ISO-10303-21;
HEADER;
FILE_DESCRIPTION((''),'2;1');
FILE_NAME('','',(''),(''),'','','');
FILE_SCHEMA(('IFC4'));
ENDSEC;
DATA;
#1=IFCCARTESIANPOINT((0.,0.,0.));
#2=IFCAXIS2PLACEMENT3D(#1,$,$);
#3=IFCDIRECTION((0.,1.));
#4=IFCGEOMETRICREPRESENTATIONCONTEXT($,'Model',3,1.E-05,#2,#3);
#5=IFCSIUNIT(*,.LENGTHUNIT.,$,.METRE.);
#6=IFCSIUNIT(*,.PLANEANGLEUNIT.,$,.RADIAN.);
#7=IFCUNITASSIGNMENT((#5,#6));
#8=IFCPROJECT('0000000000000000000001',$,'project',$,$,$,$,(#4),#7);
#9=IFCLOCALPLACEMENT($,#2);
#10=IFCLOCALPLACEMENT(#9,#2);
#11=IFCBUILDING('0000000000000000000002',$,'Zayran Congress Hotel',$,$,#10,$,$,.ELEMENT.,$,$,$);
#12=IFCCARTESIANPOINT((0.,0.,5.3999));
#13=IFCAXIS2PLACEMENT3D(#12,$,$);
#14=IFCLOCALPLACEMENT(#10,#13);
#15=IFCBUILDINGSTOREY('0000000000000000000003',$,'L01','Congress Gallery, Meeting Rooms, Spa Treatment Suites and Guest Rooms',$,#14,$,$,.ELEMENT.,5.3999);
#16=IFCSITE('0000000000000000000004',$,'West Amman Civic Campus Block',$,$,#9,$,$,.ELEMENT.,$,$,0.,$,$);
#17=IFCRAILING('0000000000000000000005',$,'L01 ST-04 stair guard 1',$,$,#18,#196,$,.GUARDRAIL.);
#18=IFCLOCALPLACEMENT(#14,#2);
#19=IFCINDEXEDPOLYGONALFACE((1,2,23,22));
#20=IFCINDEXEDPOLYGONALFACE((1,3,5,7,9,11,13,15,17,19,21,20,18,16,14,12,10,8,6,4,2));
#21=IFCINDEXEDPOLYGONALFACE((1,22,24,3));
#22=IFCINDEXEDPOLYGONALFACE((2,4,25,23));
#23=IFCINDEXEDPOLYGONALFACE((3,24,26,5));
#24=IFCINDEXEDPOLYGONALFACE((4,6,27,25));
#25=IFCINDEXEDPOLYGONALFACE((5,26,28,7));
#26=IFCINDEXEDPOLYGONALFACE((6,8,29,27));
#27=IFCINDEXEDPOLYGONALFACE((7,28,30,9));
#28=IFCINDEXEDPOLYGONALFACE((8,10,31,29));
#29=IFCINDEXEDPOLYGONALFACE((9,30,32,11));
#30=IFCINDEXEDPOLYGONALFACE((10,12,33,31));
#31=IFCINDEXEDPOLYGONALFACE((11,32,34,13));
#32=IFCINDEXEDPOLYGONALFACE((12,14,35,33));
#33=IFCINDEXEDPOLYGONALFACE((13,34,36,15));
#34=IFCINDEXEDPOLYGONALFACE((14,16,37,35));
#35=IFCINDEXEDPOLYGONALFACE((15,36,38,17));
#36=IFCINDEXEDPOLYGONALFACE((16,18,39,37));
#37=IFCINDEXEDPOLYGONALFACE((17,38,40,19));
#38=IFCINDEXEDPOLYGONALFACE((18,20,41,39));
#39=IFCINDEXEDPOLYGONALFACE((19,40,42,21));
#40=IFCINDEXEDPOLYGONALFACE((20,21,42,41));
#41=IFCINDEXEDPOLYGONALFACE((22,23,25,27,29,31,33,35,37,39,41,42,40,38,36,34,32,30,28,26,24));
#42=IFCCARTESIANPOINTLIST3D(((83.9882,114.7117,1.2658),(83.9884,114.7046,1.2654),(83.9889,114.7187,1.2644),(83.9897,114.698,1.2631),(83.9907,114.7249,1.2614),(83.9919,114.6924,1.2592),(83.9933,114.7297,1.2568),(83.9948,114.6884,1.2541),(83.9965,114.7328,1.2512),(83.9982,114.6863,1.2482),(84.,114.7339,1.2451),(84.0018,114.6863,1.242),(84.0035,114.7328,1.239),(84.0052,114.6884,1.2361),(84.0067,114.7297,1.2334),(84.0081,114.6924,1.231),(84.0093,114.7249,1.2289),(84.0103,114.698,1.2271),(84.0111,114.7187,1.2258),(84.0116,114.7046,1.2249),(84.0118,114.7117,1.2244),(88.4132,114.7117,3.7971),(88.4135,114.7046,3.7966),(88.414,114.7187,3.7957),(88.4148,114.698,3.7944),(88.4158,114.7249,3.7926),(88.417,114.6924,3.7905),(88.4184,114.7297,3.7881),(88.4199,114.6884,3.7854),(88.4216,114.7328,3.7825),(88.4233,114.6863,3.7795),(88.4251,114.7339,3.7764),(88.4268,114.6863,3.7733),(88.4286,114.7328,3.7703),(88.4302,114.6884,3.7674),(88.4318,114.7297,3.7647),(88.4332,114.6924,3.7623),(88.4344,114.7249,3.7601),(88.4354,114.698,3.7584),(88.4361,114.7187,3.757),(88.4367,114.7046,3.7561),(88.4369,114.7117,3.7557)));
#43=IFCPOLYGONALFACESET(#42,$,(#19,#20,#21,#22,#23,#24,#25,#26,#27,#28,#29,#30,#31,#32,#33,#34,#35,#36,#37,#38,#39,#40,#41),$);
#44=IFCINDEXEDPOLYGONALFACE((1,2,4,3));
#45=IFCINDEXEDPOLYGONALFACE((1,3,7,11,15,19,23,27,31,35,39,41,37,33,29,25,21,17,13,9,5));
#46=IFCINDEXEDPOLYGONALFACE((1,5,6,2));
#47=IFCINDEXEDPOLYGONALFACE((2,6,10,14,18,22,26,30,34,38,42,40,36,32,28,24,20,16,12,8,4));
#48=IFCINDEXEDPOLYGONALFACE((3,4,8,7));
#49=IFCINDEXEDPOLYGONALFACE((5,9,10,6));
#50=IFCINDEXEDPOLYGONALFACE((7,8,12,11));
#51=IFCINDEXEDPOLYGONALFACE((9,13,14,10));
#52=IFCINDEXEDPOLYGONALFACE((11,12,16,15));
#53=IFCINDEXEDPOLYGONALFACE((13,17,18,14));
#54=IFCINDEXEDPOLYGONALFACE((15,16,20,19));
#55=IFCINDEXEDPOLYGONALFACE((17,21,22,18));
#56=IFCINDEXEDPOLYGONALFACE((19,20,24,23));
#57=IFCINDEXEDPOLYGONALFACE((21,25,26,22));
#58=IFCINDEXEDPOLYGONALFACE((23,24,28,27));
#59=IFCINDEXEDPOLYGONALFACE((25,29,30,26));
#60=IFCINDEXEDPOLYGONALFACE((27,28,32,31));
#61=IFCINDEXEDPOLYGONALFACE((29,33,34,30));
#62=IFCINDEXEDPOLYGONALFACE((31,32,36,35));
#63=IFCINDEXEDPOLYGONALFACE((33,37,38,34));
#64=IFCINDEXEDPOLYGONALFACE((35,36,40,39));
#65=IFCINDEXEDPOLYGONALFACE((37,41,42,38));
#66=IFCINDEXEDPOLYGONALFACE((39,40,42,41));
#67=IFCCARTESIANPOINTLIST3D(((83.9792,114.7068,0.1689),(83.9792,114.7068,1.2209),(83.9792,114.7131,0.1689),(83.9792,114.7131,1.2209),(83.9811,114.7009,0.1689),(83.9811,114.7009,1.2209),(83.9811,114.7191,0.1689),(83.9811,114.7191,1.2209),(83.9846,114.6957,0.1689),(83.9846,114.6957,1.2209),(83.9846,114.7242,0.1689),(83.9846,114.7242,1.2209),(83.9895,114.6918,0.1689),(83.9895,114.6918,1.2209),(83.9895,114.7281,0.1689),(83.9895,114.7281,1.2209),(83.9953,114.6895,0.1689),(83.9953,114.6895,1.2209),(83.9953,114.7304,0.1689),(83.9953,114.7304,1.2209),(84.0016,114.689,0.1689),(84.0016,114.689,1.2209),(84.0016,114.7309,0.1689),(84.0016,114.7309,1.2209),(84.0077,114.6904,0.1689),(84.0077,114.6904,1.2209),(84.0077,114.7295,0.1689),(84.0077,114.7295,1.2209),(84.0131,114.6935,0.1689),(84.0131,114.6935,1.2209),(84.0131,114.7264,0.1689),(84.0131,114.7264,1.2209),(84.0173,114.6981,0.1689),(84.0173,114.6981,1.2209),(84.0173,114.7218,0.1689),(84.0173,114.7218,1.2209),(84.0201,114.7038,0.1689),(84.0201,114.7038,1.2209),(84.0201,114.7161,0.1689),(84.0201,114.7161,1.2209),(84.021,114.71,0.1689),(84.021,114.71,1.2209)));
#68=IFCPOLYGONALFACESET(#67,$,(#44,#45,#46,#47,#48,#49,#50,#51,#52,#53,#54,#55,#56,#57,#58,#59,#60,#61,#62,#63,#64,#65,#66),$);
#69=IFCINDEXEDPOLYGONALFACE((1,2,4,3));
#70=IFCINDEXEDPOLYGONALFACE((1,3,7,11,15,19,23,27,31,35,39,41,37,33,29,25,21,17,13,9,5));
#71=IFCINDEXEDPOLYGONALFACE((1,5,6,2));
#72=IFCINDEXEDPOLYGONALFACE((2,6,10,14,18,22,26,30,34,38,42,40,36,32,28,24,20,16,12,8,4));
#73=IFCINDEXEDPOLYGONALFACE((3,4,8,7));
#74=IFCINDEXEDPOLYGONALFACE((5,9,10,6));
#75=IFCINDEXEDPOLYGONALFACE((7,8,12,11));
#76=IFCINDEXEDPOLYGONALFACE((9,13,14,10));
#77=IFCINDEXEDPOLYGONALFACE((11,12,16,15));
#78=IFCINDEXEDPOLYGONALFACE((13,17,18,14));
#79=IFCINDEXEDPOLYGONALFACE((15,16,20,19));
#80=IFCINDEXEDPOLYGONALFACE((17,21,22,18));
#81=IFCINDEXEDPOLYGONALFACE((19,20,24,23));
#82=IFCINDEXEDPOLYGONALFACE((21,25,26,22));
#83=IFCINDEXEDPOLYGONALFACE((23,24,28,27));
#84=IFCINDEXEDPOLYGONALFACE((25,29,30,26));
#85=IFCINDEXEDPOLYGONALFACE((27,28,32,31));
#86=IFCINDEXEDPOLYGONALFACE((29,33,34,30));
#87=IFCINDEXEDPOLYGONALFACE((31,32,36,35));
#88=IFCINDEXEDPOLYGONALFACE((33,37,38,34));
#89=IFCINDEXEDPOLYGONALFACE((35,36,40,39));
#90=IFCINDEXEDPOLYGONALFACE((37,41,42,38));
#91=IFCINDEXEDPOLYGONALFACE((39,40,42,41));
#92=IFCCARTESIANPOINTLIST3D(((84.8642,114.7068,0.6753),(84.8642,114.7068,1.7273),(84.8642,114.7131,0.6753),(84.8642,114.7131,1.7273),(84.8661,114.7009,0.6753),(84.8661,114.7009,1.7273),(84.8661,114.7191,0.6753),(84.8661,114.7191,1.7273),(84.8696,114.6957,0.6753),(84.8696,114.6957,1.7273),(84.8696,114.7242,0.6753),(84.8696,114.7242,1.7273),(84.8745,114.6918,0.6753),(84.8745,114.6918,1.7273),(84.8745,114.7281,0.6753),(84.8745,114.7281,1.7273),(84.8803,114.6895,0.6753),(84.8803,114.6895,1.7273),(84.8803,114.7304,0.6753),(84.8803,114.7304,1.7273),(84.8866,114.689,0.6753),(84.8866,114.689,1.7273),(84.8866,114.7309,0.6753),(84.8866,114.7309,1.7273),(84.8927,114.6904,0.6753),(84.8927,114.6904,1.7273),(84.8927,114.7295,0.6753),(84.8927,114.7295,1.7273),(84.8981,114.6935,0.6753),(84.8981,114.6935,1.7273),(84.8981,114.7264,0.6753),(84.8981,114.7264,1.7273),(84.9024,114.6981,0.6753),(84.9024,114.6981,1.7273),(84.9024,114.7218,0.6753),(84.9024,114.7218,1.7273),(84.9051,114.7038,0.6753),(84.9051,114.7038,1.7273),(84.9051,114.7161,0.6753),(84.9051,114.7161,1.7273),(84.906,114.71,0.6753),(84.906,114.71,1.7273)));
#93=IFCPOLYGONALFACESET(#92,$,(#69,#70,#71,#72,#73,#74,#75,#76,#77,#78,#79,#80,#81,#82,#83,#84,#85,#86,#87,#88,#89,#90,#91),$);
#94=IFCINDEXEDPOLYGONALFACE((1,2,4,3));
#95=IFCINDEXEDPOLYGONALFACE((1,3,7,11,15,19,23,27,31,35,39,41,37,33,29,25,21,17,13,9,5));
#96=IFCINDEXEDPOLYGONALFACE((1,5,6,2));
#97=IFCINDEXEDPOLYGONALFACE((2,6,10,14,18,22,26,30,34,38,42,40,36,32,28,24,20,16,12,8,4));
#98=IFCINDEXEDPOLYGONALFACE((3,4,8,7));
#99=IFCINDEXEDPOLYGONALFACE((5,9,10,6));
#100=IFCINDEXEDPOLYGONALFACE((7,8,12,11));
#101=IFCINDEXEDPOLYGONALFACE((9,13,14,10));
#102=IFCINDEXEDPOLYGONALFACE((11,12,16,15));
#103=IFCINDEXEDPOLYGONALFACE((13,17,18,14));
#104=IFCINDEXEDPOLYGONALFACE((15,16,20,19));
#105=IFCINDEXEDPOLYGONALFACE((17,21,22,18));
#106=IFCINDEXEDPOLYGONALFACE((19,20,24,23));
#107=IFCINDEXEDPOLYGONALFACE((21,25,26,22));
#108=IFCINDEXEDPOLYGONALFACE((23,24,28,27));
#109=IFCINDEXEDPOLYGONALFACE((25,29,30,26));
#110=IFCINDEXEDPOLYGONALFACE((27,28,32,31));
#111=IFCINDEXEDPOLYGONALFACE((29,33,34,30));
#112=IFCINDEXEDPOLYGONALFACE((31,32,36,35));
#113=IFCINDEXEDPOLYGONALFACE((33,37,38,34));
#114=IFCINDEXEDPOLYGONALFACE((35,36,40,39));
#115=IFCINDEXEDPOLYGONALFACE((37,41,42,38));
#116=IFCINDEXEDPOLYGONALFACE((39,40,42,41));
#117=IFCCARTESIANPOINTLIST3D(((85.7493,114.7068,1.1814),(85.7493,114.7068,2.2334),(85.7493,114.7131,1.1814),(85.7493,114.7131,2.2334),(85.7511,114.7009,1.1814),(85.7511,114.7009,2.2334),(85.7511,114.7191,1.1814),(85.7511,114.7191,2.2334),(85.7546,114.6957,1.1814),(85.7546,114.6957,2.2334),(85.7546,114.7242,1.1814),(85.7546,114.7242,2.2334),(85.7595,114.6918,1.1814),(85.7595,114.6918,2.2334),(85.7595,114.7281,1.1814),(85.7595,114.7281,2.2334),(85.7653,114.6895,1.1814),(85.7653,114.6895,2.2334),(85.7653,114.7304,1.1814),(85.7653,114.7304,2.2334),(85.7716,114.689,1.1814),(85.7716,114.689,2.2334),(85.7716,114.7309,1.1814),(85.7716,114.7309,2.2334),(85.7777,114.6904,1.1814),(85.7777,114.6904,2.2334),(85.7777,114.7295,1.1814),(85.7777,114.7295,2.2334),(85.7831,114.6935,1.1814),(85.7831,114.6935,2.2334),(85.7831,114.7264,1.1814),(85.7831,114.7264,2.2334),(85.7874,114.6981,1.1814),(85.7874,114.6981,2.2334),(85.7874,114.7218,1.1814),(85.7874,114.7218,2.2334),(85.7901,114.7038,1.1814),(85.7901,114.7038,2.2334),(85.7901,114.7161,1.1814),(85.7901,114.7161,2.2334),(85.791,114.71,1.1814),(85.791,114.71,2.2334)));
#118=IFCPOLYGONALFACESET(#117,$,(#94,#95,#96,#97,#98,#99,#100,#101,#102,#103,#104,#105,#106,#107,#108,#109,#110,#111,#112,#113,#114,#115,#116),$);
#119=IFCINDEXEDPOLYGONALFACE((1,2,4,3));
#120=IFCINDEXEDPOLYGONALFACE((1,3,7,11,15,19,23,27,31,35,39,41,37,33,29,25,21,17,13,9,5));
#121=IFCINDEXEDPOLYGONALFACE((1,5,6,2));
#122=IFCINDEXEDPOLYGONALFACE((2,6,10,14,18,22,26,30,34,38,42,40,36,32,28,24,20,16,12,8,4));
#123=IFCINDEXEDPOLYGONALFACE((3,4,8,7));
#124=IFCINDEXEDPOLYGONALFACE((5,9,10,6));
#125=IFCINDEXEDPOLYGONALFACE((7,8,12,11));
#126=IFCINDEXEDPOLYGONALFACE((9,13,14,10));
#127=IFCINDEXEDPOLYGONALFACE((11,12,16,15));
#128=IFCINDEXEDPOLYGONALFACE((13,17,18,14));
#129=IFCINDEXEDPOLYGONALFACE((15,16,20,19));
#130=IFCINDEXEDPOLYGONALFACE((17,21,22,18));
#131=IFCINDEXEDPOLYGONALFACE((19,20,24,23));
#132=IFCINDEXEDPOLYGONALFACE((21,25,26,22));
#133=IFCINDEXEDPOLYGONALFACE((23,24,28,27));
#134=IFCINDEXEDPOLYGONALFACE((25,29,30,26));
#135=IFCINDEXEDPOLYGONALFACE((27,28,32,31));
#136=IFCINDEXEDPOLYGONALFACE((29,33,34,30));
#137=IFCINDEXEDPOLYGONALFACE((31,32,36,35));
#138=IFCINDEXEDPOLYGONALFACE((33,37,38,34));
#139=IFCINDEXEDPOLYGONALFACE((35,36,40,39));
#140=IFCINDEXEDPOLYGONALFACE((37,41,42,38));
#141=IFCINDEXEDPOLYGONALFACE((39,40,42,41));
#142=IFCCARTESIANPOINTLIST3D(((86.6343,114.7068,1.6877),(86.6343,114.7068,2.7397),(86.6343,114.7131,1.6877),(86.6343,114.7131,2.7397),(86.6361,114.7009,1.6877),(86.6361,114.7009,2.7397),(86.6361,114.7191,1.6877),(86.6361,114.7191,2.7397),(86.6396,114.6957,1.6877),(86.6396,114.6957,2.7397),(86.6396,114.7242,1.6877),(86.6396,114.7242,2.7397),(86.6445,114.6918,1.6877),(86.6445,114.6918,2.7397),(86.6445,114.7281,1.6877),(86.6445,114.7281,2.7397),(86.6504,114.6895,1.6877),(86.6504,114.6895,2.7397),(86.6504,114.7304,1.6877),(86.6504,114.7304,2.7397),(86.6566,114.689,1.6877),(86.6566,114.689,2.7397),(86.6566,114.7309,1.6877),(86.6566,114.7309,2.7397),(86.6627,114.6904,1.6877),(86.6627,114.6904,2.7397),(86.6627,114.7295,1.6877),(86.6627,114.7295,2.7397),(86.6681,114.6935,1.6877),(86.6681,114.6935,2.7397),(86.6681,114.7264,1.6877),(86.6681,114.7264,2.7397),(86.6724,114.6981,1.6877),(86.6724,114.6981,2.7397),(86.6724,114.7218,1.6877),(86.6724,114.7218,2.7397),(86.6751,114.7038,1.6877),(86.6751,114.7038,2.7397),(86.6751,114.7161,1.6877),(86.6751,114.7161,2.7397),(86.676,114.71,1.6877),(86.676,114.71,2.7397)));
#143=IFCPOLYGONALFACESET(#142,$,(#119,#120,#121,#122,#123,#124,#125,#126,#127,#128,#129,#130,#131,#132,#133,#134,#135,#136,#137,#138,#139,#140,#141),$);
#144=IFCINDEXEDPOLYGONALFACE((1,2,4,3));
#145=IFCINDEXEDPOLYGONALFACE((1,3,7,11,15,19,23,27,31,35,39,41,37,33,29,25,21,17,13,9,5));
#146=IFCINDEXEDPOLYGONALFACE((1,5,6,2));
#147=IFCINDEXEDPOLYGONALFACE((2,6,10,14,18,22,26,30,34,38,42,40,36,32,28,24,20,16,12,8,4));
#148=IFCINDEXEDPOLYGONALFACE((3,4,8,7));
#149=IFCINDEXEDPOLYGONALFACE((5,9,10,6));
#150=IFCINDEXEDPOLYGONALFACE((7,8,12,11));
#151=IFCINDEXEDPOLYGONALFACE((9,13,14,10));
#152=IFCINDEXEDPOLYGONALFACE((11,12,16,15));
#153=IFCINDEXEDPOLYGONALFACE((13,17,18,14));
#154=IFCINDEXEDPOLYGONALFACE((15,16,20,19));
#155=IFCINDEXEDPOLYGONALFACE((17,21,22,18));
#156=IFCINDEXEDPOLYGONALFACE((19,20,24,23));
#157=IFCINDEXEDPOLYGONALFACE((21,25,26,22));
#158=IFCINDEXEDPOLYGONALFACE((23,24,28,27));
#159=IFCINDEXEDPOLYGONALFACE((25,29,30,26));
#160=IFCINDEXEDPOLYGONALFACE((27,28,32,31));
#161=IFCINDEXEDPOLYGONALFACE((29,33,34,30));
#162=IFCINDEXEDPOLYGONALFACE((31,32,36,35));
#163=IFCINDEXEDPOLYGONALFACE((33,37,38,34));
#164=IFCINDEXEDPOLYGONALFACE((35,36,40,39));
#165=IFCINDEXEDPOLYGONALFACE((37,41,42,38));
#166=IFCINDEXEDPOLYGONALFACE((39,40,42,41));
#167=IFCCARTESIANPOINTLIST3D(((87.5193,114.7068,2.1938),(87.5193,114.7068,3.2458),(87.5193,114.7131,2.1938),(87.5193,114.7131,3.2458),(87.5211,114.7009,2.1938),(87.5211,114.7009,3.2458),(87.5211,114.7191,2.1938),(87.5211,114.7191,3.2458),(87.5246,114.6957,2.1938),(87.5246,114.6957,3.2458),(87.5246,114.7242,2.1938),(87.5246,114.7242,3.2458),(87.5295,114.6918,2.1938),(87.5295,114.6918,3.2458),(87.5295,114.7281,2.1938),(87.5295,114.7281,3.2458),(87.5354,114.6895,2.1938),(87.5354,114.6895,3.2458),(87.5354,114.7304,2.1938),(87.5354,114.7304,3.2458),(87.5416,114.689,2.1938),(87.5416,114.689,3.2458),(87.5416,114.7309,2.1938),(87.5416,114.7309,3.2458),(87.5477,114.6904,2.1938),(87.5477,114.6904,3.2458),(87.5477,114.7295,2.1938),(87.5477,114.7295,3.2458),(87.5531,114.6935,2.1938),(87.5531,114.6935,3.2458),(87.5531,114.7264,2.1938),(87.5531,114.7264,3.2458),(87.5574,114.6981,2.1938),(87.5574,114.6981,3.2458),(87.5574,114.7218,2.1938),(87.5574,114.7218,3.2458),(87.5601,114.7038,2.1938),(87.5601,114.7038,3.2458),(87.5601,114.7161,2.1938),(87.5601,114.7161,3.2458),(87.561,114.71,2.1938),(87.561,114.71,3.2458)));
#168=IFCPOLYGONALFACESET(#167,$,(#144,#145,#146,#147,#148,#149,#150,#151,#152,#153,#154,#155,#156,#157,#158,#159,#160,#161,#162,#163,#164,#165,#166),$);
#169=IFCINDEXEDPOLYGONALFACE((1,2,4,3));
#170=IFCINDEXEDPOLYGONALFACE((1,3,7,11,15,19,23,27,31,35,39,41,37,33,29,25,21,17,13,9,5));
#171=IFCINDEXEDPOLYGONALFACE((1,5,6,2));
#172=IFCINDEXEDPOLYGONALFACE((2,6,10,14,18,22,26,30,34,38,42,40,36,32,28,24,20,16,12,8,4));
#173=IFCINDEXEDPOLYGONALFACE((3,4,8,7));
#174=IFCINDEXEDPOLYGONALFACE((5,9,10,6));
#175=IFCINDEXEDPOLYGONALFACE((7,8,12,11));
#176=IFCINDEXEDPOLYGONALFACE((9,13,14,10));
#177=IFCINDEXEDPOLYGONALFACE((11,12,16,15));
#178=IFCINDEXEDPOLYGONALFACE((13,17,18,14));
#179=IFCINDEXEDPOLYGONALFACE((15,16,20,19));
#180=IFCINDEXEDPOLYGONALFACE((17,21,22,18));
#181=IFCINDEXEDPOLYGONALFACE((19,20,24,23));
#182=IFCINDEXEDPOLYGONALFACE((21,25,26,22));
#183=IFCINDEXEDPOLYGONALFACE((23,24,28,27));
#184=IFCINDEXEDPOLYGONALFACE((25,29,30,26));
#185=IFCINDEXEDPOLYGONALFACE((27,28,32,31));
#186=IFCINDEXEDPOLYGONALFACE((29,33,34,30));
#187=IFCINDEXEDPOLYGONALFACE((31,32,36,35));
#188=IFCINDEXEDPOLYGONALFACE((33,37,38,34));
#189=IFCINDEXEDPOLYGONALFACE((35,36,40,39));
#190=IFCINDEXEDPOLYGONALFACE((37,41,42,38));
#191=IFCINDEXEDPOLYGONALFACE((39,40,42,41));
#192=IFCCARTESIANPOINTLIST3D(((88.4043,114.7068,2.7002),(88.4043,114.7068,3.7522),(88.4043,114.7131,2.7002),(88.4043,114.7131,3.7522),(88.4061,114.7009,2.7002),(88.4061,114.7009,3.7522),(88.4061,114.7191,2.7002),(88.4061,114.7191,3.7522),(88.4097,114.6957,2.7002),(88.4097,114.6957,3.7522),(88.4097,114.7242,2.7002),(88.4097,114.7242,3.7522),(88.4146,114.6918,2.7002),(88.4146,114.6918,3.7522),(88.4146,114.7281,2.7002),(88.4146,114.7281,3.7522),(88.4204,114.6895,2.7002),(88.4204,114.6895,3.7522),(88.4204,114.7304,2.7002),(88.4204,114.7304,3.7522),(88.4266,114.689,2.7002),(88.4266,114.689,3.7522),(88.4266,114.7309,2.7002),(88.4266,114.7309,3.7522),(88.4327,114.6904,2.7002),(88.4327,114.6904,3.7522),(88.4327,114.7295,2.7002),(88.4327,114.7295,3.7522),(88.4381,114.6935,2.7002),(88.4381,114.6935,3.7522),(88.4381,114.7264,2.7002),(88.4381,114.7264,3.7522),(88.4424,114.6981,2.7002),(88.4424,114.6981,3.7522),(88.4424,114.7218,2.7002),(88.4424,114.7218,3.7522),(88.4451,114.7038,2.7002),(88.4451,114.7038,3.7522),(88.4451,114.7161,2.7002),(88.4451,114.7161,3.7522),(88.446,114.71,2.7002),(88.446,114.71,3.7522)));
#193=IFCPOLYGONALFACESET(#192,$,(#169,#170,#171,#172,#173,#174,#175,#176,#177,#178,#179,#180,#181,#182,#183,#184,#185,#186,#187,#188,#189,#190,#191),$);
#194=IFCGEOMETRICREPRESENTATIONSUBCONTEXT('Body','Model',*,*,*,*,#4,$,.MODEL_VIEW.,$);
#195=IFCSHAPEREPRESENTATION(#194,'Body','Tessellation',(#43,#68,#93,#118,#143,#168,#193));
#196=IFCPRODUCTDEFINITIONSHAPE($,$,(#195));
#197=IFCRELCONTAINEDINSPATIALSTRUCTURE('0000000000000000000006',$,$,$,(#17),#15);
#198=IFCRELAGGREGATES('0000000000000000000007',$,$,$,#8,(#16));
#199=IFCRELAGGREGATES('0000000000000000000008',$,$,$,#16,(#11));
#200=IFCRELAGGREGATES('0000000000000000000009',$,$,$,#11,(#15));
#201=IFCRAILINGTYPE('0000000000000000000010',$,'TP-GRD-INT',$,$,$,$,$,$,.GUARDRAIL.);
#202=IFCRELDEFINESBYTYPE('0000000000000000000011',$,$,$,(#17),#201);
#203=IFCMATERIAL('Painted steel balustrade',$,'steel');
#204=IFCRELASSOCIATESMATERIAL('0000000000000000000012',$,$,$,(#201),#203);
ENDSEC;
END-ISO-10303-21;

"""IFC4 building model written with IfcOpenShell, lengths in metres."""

from ifc_helpers import new_model, si_unit, direction, frame, origin, origin_2d, place, context, subcontext, project, spatial, circle, extrude, material, type_object, element, save


model = new_model("IFC4")

# Units and contexts
model_context = context("Model", 3, precision=1e-05, world=origin(), true_north=direction((0.0, 1.0)))
body_context = subcontext(model_context, "Body", "Model", "MODEL_VIEW")
ifc_project = project(units=[si_unit("LENGTHUNIT", "METRE"), si_unit("PLANEANGLEUNIT", "RADIAN")], contexts=[model_context])

# Site, building, storey
site_placement = place(None, origin())
site = spatial("IfcSite", under=ifc_project, at=site_placement, Name="West Amman Civic Campus Block", CompositionType="ELEMENT", RefElevation=0.0)
building_placement = place(site_placement, origin())
building = spatial("IfcBuilding", under=site, at=building_placement, Name="Zayran Congress Hotel", CompositionType="ELEMENT")
storey_placement = place(building_placement, frame((0.0, 0.0, 5.3999)))
storey = spatial("IfcBuildingStorey", under=building, at=storey_placement, Name="L01", Description="Congress Gallery, Meeting Rooms, Spa Treatment Suites and Guest Rooms", CompositionType="ELEMENT", Elevation=5.3999)

# Railing
ifc_material_1 = material(Name="Painted steel balustrade", Category="steel")
railing_type_1 = type_object("IfcRailingType", Name="TP-GRD-INT", PredefinedType="GUARDRAIL", material=ifc_material_1)
railing_1_placement = place(storey_placement, frame((84.0, 114.71, 0.1689)))
element("IfcRailing", 1, at=railing_1_placement, inside=storey, type_object=railing_type_1, Name="L01 ST-04 stair guard 1", PredefinedType="GUARDRAIL", context=body_context, shape_type="SweptSolid", body=[
    extrude(circle(Radius=0.0239, at=origin_2d()), frame((0.0, 0.0, 1.0762), z_axis=(0.868019, 0.0, 0.496531), x_axis=(0.0, 1.0, 0.0)), (0.0, 0.0, 1.0), 5.0979),
    extrude(circle(Radius=0.021, at=origin_2d()), origin(), (0.0, 0.0, 1.0), 1.052),
    extrude(circle(Radius=0.021, at=origin_2d()), frame((0.885, 0.0, 0.5063)), (0.0, 0.0, 1.0), 1.052),
    extrude(circle(Radius=0.021, at=origin_2d()), frame((1.77, 0.0, 1.0125)), (0.0, 0.0, 1.0), 1.052),
    extrude(circle(Radius=0.021, at=origin_2d()), frame((2.655, 0.0, 1.5188)), (0.0, 0.0, 1.0), 1.052),
    extrude(circle(Radius=0.021, at=origin_2d()), frame((3.54, 0.0, 2.0249)), (0.0, 0.0, 1.0), 1.052),
    extrude(circle(Radius=0.021, at=origin_2d()), frame((4.425, 0.0, 2.5312)), (0.0, 0.0, 1.0), 1.052),
])

save(model, "model.ifc")
